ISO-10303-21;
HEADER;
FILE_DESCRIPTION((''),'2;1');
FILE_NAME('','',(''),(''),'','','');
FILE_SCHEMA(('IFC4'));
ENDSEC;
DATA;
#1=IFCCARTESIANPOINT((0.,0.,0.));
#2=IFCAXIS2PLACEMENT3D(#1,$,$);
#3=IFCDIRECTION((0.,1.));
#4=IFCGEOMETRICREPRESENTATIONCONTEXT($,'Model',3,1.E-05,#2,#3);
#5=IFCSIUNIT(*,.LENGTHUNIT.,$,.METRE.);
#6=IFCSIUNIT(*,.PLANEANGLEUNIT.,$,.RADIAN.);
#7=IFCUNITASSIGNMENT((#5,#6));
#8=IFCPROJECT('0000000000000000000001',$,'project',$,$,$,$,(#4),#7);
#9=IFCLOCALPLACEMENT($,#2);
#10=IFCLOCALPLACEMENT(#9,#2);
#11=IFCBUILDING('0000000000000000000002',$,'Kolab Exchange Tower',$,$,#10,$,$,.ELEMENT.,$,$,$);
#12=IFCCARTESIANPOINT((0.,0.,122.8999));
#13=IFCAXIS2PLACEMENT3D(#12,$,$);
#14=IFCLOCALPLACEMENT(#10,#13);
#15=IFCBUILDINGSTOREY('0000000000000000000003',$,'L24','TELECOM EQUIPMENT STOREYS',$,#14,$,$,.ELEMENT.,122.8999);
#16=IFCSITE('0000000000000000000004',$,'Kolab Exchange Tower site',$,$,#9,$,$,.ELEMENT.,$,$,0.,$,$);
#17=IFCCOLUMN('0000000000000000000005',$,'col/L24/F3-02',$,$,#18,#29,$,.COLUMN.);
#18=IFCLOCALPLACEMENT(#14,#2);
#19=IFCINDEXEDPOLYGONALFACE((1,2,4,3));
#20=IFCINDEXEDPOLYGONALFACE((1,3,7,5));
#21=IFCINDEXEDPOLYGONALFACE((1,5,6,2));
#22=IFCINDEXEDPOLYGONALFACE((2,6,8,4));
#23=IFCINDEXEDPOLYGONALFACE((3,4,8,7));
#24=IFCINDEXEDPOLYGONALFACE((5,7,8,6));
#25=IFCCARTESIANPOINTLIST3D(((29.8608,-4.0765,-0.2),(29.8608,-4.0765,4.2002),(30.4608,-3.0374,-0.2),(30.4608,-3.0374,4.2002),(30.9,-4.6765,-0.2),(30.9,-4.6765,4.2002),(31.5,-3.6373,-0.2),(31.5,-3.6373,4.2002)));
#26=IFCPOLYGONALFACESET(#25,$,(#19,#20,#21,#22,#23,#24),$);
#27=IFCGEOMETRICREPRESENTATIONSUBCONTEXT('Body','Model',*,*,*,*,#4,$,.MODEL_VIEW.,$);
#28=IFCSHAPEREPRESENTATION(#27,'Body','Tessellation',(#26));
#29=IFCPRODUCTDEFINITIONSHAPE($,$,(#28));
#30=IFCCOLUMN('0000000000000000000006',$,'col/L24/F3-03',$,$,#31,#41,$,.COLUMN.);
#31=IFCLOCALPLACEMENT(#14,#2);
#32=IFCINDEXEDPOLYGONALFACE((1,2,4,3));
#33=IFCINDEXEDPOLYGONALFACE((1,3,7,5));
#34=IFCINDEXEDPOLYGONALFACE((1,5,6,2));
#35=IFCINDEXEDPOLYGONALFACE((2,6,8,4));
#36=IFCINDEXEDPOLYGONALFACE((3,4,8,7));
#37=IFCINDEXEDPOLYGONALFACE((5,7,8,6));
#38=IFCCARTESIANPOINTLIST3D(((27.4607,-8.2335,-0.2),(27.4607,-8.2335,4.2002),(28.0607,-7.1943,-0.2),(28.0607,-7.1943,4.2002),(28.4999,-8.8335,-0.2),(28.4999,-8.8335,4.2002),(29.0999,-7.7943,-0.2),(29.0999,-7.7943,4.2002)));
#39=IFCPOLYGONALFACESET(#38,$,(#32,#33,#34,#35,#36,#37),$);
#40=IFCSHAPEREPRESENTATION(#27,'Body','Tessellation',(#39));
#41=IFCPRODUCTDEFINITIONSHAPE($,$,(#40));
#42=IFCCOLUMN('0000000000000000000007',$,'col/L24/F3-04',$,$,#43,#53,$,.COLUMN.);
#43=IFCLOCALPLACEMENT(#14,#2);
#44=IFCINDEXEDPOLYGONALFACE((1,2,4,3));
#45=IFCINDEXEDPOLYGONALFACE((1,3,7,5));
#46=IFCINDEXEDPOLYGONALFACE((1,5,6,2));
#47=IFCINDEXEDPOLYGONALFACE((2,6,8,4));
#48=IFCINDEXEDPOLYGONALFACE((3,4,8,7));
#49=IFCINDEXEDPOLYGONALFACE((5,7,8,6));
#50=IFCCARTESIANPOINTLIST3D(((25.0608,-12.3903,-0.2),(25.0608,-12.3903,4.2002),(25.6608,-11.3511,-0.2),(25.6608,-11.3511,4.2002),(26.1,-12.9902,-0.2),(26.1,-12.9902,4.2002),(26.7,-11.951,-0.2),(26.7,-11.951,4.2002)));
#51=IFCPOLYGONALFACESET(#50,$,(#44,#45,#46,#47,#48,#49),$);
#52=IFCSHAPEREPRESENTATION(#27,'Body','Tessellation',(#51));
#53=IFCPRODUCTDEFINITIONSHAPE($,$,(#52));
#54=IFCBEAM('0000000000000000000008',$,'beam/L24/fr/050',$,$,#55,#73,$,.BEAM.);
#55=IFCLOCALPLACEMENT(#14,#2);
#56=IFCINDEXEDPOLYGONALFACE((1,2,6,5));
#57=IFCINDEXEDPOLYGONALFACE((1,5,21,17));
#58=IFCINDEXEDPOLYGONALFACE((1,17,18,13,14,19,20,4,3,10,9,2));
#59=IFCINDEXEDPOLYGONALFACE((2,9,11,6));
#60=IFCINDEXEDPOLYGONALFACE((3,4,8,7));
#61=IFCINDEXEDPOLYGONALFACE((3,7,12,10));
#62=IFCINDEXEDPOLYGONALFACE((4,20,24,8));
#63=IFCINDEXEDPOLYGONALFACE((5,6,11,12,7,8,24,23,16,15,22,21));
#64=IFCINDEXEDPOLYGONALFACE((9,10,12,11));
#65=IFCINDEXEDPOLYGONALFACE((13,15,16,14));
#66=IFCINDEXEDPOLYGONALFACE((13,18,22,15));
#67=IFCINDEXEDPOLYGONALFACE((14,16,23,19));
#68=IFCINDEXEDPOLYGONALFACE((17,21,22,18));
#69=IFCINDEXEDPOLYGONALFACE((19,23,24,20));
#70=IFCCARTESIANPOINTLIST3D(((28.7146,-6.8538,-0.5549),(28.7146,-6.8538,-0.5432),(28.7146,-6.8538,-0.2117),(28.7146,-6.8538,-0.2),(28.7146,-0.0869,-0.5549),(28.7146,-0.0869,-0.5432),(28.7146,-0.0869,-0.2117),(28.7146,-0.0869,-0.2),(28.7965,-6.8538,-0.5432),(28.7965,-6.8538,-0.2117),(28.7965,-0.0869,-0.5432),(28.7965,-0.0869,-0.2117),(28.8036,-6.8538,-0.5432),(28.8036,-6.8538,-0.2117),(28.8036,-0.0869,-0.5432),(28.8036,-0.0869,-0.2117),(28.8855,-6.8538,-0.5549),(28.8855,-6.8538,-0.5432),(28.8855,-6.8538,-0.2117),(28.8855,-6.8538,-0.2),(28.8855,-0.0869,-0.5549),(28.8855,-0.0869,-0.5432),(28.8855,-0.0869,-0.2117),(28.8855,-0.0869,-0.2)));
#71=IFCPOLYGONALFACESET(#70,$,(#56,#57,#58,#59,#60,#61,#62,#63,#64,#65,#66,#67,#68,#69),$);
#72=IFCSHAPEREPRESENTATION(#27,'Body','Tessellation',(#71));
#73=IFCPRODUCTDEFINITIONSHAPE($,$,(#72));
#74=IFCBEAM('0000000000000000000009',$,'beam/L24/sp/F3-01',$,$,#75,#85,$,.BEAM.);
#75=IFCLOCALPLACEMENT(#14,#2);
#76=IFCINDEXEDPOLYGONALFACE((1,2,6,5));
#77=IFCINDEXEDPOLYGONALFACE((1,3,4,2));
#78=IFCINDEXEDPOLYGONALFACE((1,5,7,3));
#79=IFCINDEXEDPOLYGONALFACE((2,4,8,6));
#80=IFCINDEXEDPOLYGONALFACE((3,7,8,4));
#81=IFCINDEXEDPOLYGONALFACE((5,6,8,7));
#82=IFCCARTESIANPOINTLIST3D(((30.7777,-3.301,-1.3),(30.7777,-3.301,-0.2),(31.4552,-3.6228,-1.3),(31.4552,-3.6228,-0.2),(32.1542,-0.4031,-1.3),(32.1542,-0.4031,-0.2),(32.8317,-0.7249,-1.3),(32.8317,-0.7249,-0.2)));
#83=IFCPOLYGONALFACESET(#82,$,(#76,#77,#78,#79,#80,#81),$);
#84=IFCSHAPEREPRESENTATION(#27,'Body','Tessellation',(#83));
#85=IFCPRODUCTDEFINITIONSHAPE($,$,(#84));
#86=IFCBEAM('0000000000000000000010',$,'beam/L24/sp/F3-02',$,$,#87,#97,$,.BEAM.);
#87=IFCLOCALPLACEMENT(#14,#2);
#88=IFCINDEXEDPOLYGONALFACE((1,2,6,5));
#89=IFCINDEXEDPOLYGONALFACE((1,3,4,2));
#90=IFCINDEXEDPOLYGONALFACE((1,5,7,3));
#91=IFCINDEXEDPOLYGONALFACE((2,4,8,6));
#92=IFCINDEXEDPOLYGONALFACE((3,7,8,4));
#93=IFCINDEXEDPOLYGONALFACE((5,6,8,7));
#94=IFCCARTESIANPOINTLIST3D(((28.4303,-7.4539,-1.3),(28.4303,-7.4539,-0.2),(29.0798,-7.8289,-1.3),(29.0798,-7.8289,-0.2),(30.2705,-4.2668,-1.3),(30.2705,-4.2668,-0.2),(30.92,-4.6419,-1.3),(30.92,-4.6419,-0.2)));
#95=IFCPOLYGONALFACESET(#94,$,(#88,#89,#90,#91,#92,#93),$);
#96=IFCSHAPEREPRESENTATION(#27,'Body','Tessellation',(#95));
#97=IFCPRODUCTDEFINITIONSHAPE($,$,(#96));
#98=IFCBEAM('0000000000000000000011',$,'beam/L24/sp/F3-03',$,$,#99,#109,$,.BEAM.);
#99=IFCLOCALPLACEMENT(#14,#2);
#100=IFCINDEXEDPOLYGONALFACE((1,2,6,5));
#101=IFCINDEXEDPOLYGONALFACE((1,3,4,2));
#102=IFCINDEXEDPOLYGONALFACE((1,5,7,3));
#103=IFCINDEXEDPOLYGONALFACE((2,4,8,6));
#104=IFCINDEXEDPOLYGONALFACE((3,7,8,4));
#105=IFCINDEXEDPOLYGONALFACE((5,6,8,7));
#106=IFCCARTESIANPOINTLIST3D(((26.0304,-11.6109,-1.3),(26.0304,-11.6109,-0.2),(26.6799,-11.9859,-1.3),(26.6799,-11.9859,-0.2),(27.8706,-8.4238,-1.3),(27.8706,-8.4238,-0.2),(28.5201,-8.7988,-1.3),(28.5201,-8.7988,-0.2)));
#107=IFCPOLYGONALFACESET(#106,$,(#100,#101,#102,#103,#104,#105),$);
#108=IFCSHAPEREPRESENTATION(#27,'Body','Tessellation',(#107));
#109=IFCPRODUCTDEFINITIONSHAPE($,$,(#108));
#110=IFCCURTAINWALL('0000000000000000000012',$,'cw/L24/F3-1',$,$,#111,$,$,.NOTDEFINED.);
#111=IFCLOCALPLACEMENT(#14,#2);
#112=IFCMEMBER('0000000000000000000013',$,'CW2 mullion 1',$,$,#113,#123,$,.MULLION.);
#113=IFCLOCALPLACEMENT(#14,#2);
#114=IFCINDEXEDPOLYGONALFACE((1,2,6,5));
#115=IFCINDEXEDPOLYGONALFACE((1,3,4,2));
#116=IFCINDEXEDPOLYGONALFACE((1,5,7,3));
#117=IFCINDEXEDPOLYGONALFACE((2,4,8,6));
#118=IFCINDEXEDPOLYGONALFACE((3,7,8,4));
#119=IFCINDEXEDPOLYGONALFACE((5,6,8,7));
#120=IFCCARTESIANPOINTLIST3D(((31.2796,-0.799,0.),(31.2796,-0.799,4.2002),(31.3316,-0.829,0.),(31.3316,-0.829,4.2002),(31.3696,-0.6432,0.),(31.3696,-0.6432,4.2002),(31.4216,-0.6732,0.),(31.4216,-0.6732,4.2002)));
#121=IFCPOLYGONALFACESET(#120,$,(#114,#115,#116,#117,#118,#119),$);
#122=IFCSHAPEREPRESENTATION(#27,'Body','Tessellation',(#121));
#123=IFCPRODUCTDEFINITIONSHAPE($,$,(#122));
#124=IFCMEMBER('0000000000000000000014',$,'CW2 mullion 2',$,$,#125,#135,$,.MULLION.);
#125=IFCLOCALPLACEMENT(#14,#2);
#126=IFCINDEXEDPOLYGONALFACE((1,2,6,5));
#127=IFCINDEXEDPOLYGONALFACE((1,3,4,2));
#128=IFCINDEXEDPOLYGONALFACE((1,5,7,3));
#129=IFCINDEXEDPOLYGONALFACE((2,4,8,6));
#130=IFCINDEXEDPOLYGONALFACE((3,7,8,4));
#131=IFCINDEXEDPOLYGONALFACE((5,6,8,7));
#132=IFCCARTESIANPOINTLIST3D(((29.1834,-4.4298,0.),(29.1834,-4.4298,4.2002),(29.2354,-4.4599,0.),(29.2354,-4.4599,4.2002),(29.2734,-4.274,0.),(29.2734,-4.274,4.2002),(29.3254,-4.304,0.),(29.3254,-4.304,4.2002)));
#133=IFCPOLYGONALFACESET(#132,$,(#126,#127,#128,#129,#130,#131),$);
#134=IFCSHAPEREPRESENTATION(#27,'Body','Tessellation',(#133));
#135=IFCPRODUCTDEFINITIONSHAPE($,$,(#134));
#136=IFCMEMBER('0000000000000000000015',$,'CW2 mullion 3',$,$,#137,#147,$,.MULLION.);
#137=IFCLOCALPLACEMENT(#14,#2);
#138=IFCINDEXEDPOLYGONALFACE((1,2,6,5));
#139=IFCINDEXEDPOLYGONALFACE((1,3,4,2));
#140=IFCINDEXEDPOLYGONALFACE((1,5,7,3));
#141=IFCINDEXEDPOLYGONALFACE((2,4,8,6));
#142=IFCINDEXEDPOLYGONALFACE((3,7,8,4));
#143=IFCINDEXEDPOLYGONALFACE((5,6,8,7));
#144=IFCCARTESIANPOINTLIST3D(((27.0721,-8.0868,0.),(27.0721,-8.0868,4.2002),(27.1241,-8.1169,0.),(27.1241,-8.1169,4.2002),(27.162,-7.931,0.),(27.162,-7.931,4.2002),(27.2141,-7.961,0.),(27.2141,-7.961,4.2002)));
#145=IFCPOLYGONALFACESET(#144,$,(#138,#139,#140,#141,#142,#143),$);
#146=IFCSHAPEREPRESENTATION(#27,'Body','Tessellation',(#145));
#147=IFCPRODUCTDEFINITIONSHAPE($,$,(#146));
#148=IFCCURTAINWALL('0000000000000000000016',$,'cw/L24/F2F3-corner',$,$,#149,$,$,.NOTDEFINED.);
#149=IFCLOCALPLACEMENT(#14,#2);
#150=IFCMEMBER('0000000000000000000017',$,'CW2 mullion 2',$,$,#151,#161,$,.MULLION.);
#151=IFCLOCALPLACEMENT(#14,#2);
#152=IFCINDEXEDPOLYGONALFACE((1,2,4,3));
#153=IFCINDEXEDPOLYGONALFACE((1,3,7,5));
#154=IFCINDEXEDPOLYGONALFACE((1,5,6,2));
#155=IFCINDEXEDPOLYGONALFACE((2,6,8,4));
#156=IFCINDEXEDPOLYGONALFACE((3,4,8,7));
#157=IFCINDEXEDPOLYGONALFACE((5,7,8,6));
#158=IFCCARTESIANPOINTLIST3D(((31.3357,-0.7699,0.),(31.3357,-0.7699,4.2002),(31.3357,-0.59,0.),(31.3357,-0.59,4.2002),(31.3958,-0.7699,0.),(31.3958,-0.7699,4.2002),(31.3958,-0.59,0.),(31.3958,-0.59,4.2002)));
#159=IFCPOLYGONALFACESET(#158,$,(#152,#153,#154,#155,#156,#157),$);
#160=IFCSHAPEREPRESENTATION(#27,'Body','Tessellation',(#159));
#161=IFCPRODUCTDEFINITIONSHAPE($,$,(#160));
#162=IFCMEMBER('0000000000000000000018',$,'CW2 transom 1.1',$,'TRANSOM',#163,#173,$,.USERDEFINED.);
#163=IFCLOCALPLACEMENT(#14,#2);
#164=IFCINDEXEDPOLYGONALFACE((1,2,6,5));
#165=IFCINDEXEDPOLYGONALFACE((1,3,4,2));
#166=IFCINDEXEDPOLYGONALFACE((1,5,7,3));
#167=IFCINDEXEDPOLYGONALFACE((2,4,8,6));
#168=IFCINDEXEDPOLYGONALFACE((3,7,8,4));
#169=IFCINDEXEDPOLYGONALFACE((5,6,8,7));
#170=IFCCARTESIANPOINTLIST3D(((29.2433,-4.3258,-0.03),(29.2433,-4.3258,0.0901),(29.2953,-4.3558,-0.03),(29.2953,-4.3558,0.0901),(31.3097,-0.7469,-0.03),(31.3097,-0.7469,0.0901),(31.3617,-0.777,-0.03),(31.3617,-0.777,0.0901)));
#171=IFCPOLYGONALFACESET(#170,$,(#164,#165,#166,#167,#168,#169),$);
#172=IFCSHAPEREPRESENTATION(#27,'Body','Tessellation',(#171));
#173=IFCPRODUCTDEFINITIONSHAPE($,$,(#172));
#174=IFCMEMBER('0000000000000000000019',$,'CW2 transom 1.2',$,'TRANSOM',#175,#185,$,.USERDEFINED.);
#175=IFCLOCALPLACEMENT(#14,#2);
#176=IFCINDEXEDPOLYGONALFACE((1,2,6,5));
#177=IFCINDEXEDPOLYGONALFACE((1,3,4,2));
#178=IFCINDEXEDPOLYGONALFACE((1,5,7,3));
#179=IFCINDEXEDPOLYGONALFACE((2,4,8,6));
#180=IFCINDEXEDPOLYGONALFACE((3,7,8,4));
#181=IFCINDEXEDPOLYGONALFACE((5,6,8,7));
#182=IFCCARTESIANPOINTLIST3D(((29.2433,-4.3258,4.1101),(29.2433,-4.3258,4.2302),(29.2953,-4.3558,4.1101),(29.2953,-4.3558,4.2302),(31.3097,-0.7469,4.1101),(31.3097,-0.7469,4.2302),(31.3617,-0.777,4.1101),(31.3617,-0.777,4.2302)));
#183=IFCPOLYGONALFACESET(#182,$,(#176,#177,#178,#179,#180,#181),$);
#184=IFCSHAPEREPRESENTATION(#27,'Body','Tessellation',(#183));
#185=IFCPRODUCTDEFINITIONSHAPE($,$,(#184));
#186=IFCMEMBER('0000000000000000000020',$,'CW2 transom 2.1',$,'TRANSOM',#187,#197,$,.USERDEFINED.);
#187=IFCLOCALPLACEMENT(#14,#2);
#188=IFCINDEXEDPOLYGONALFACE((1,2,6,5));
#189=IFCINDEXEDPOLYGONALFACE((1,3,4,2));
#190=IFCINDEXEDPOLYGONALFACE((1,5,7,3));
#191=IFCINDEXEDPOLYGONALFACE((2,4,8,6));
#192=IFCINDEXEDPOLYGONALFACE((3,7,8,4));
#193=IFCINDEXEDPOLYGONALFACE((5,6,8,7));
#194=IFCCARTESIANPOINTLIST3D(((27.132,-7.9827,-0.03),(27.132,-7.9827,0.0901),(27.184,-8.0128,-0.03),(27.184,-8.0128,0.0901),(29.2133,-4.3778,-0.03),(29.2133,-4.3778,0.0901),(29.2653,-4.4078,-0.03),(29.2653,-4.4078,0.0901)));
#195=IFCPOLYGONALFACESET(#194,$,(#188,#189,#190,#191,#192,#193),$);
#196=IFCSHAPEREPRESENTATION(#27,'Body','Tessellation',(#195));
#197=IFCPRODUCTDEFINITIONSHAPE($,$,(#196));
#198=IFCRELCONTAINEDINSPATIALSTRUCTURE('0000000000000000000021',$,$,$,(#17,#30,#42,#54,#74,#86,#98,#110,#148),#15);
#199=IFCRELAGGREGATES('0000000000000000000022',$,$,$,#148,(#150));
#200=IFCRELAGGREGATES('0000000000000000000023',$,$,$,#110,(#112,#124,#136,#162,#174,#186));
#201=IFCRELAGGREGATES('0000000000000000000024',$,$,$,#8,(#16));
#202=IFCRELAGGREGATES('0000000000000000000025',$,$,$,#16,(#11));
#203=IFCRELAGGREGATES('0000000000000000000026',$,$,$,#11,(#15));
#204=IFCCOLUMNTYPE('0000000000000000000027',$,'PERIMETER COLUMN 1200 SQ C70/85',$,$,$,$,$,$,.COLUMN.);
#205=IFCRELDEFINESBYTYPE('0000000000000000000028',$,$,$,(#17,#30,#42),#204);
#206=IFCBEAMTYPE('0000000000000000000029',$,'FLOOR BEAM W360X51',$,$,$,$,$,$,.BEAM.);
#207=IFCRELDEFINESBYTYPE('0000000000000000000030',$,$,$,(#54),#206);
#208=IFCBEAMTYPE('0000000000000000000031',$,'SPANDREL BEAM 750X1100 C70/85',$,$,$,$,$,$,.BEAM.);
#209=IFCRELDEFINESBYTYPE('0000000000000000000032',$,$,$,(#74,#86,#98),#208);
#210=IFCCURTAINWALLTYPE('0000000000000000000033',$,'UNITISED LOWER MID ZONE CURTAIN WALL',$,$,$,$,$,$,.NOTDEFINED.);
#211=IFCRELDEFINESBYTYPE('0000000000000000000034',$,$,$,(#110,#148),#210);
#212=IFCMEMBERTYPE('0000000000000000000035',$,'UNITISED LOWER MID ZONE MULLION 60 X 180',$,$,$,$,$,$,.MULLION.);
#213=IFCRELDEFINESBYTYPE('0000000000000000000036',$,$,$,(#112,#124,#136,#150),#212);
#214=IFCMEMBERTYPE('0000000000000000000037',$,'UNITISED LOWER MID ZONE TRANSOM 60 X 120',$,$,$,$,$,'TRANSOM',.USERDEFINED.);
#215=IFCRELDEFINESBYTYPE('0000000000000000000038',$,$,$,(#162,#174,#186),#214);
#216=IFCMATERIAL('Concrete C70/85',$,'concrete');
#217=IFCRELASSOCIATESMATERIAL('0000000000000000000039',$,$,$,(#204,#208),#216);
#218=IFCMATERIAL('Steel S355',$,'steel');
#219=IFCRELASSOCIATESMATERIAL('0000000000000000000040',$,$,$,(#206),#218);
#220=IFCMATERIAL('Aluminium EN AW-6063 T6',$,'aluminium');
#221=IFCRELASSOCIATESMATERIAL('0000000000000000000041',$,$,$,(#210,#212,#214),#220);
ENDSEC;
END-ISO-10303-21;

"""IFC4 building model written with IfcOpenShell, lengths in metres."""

from ifc_helpers import new_model, si_unit, direction, frame, origin, origin_2d, place, context, subcontext, project, spatial, rectangle, i_section, extrude, material, material_profile, profile_set, type_object, element, aggregate, save


model = new_model("IFC4")

# Units and contexts
model_context = context("Model", 3, precision=1e-05, world=origin(), true_north=direction((0.0, 1.0)))
body_context = subcontext(model_context, "Body", "Model", "MODEL_VIEW")
ifc_project = project(units=[si_unit("LENGTHUNIT", "METRE"), si_unit("PLANEANGLEUNIT", "RADIAN")], contexts=[model_context])

# Site, building, storey
site_placement = place(None, origin())
site = spatial("IfcSite", under=ifc_project, at=site_placement, Name="Kolab Exchange Tower site", CompositionType="ELEMENT", RefElevation=0.0)
building_placement = place(site_placement, origin())
building = spatial("IfcBuilding", under=site, at=building_placement, Name="Kolab Exchange Tower", CompositionType="ELEMENT")
storey_placement = place(building_placement, frame((0.0, 0.0, 122.8999)))
storey = spatial("IfcBuildingStorey", under=building, at=storey_placement, Name="L24", Description="TELECOM EQUIPMENT STOREYS", CompositionType="ELEMENT", Elevation=122.8999)

# Columns
ifc_material_1 = material(Name="Concrete C70/85", Category="concrete")
ifc_material_profile_1 = material_profile(ifc_material_1, rectangle(XDim=1.2, YDim=1.2, at=origin_2d()), Name="RC1200")
ifc_profile_set_1 = profile_set([ifc_material_profile_1], Name="Concrete C70/85")
column_type = type_object("IfcColumnType", Name="PERIMETER COLUMN 1200 SQ C70/85", PredefinedType="COLUMN", material=ifc_profile_set_1)
for number, where, z_axis, x_axis, name in (
    (1, (30.6804, -3.8569, -0.2), (0.0, 0.0, 1.0), (0.5, 0.866025, 0.0), "col/L24/F3-02"),
    (2, (28.2803, -8.0139, -0.2), (0.0, 0.0, 1.0), (0.5, 0.866025, 0.0), "col/L24/F3-03"),
    (3, (25.8804, -12.1707, -0.2), (0.0, 0.0, 1.0), (0.5, 0.866025, 0.0), "col/L24/F3-04"),
):
    element("IfcColumn", number, at=place(storey_placement, frame(where, z_axis=z_axis, x_axis=x_axis)), inside=storey, type_object=column_type, Name=name, PredefinedType="COLUMN", context=body_context, shape_type="SweptSolid", body=[
        extrude(rectangle(XDim=1.2, YDim=1.2, at=origin_2d()), origin(), (0.0, 0.0, 1.0), 4.4001),
    ])

# Beams
ifc_material_2 = material(Name="Steel S355", Category="steel")
ifc_material_profile_2 = material_profile(ifc_material_2, i_section(OverallWidth=0.1709, OverallDepth=0.355, WebThickness=0.0071, FlangeThickness=0.0117, at=origin_2d()), Name="W360X51")
ifc_profile_set_2 = profile_set([ifc_material_profile_2], Name="Steel S355")
beam_type_1 = type_object("IfcBeamType", Name="FLOOR BEAM W360X51", PredefinedType="BEAM", material=ifc_profile_set_2)
beam_1_placement = place(storey_placement, frame((28.8, -6.8538, -0.3774), z_axis=(0.0, 1.0, 0.0), x_axis=(-1.0, 0.0, 0.0)))
element("IfcBeam", 4, at=beam_1_placement, inside=storey, type_object=beam_type_1, Name="beam/L24/fr/050", PredefinedType="BEAM", context=body_context, shape_type="SweptSolid", body=[
    extrude(i_section(OverallWidth=0.1709, OverallDepth=0.355, WebThickness=0.0071, FlangeThickness=0.0117, at=origin_2d()), origin(), (0.0, 0.0, 1.0), 6.7668),
])
ifc_material_profile_3 = material_profile(ifc_material_1, rectangle(XDim=0.75, YDim=1.1001, at=origin_2d()), Name="RC750X1100")
ifc_profile_set_3 = profile_set([ifc_material_profile_3], Name="Concrete C70/85")
beam_type_2 = type_object("IfcBeamType", Name="SPANDREL BEAM 750X1100 C70/85", PredefinedType="BEAM", material=ifc_profile_set_3)
beam_2_placement = place(storey_placement, frame((32.4929, -0.564, -0.75), z_axis=(-0.429041, -0.903285, 0.0), x_axis=(0.903285, -0.429041, 0.0)))
element("IfcBeam", 5, at=beam_2_placement, inside=storey, type_object=beam_type_2, Name="beam/L24/sp/F3-01", PredefinedType="BEAM", context=body_context, shape_type="SweptSolid", body=[
    extrude(rectangle(XDim=0.75, YDim=1.1001, at=origin_2d()), origin(), (0.0, 0.0, 1.0), 3.2083),
])
for number, where, z_axis, x_axis, name in (
    (6, (30.5952, -4.4543, -0.75), (-0.500013, -0.866018, 0.0), (0.866018, -0.500013, 0.0), "beam/L24/sp/F3-02"),
    (7, (28.1953, -8.6113, -0.75), (-0.500013, -0.866018, 0.0), (0.866018, -0.500013, 0.0), "beam/L24/sp/F3-03"),
):
    element("IfcBeam", number, at=place(storey_placement, frame(where, z_axis=z_axis, x_axis=x_axis)), inside=storey, type_object=beam_type_2, Name=name, PredefinedType="BEAM", context=body_context, shape_type="SweptSolid", body=[
        extrude(rectangle(XDim=0.75, YDim=1.1001, at=origin_2d()), origin(), (0.0, 0.0, 1.0), 3.6802),
    ])

# Curtain wall, members
ifc_material_3 = material(Name="Aluminium EN AW-6063 T6", Category="aluminium")
curtain_wall_type = type_object("IfcCurtainWallType", Name="UNITISED LOWER MID ZONE CURTAIN WALL", PredefinedType="NOTDEFINED", material=ifc_material_3)
curtain_wall_1_placement = place(storey_placement, origin())
curtain_wall_1 = element("IfcCurtainWall", 8, at=curtain_wall_1_placement, inside=storey, type_object=curtain_wall_type, Name="cw/L24/F3-1", PredefinedType="NOTDEFINED")
ifc_material_profile_4 = material_profile(ifc_material_3, rectangle(XDim=0.0601, YDim=0.1799, at=origin_2d()), Name="RECT 60X180")
ifc_profile_set_4 = profile_set([ifc_material_profile_4], Name="Aluminium EN AW-6063 T6")
member_type_1 = type_object("IfcMemberType", Name="UNITISED LOWER MID ZONE MULLION 60 X 180", PredefinedType="MULLION", material=ifc_profile_set_4)
member_1_placement = place(storey_placement, frame((31.3506, -0.7361, 0.0), z_axis=(0.0, 0.0, 1.0), x_axis=(0.866025, -0.5, 0.0)))
member_1 = element("IfcMember", 9, at=member_1_placement, type_object=member_type_1, Name="CW2 mullion 1", PredefinedType="MULLION", context=body_context, shape_type="SweptSolid", body=[
    extrude(rectangle(XDim=0.0601, YDim=0.1799, at=origin_2d()), origin(), (0.0, 0.0, 1.0), 4.2002),
])
member_2_placement = place(storey_placement, frame((29.2544, -4.3669, 0.0), z_axis=(0.0, 0.0, 1.0), x_axis=(0.866025, -0.5, 0.0)))
member_2 = element("IfcMember", 10, at=member_2_placement, type_object=member_type_1, Name="CW2 mullion 2", PredefinedType="MULLION", context=body_context, shape_type="SweptSolid", body=[
    extrude(rectangle(XDim=0.0601, YDim=0.1799, at=origin_2d()), origin(), (0.0, 0.0, 1.0), 4.2002),
])
member_3_placement = place(storey_placement, frame((27.1431, -8.0239, 0.0), z_axis=(0.0, 0.0, 1.0), x_axis=(0.866025, -0.5, 0.0)))
member_3 = element("IfcMember", 11, at=member_3_placement, type_object=member_type_1, Name="CW2 mullion 3", PredefinedType="MULLION", context=body_context, shape_type="SweptSolid", body=[
    extrude(rectangle(XDim=0.0601, YDim=0.1799, at=origin_2d()), origin(), (0.0, 0.0, 1.0), 4.2002),
])

# Curtain wall, member
curtain_wall_2_placement = place(storey_placement, origin())
curtain_wall_2 = element("IfcCurtainWall", 12, at=curtain_wall_2_placement, inside=storey, type_object=curtain_wall_type, Name="cw/L24/F2F3-corner", PredefinedType="NOTDEFINED")
member_4_placement = place(storey_placement, frame((31.3657, -0.6799, 0.0), z_axis=(0.0, 0.0, 1.0), x_axis=(1.0, 0.0, 0.0)))
member_4 = element("IfcMember", 13, at=member_4_placement, type_object=member_type_1, Name="CW2 mullion 2", PredefinedType="MULLION", context=body_context, shape_type="SweptSolid", body=[
    extrude(rectangle(XDim=0.0601, YDim=0.1799, at=origin_2d()), origin(), (0.0, 0.0, 1.0), 4.2002),
])
aggregate(curtain_wall_2, [member_4])

# Members
ifc_material_profile_5 = material_profile(ifc_material_3, rectangle(XDim=0.0601, YDim=0.1201, at=origin_2d()), Name="RECT 60X120")
ifc_profile_set_5 = profile_set([ifc_material_profile_5], Name="Aluminium EN AW-6063 T6")
member_type_2 = type_object("IfcMemberType", Name="UNITISED LOWER MID ZONE TRANSOM 60 X 120", ElementType="TRANSOM", PredefinedType="USERDEFINED", material=ifc_profile_set_5)
member_5_placement = place(storey_placement, frame((31.3357, -0.762, 0.03), z_axis=(-0.500028, -0.866009, 0.0), x_axis=(0.866009, -0.500028, 0.0)))
member_5 = element("IfcMember", 14, at=member_5_placement, type_object=member_type_2, Name="CW2 transom 1.1", ObjectType="TRANSOM", PredefinedType="USERDEFINED", context=body_context, shape_type="SweptSolid", body=[
    extrude(rectangle(XDim=0.0601, YDim=0.1201, at=origin_2d()), origin(), (0.0, 0.0, 1.0), 4.1326),
])
member_6_placement = place(storey_placement, frame((31.3357, -0.762, 4.1702), z_axis=(-0.500028, -0.866009, 0.0), x_axis=(0.866009, -0.500028, 0.0)))
member_6 = element("IfcMember", 15, at=member_6_placement, type_object=member_type_2, Name="CW2 transom 1.2", ObjectType="TRANSOM", PredefinedType="USERDEFINED", context=body_context, shape_type="SweptSolid", body=[
    extrude(rectangle(XDim=0.0601, YDim=0.1201, at=origin_2d()), origin(), (0.0, 0.0, 1.0), 4.1326),
])
member_7_placement = place(storey_placement, frame((29.2393, -4.3928, 0.03), z_axis=(-0.499993, -0.866029, 0.0), x_axis=(0.866029, -0.499993, 0.0)))
member_7 = element("IfcMember", 16, at=member_7_placement, type_object=member_type_2, Name="CW2 transom 2.1", ObjectType="TRANSOM", PredefinedType="USERDEFINED", context=body_context, shape_type="SweptSolid", body=[
    extrude(rectangle(XDim=0.0601, YDim=0.1201, at=origin_2d()), origin(), (0.0, 0.0, 1.0), 4.1626),
])

aggregate(curtain_wall_1, [member_1, member_2, member_3, member_5, member_6, member_7])

save(model, "model.ifc")
